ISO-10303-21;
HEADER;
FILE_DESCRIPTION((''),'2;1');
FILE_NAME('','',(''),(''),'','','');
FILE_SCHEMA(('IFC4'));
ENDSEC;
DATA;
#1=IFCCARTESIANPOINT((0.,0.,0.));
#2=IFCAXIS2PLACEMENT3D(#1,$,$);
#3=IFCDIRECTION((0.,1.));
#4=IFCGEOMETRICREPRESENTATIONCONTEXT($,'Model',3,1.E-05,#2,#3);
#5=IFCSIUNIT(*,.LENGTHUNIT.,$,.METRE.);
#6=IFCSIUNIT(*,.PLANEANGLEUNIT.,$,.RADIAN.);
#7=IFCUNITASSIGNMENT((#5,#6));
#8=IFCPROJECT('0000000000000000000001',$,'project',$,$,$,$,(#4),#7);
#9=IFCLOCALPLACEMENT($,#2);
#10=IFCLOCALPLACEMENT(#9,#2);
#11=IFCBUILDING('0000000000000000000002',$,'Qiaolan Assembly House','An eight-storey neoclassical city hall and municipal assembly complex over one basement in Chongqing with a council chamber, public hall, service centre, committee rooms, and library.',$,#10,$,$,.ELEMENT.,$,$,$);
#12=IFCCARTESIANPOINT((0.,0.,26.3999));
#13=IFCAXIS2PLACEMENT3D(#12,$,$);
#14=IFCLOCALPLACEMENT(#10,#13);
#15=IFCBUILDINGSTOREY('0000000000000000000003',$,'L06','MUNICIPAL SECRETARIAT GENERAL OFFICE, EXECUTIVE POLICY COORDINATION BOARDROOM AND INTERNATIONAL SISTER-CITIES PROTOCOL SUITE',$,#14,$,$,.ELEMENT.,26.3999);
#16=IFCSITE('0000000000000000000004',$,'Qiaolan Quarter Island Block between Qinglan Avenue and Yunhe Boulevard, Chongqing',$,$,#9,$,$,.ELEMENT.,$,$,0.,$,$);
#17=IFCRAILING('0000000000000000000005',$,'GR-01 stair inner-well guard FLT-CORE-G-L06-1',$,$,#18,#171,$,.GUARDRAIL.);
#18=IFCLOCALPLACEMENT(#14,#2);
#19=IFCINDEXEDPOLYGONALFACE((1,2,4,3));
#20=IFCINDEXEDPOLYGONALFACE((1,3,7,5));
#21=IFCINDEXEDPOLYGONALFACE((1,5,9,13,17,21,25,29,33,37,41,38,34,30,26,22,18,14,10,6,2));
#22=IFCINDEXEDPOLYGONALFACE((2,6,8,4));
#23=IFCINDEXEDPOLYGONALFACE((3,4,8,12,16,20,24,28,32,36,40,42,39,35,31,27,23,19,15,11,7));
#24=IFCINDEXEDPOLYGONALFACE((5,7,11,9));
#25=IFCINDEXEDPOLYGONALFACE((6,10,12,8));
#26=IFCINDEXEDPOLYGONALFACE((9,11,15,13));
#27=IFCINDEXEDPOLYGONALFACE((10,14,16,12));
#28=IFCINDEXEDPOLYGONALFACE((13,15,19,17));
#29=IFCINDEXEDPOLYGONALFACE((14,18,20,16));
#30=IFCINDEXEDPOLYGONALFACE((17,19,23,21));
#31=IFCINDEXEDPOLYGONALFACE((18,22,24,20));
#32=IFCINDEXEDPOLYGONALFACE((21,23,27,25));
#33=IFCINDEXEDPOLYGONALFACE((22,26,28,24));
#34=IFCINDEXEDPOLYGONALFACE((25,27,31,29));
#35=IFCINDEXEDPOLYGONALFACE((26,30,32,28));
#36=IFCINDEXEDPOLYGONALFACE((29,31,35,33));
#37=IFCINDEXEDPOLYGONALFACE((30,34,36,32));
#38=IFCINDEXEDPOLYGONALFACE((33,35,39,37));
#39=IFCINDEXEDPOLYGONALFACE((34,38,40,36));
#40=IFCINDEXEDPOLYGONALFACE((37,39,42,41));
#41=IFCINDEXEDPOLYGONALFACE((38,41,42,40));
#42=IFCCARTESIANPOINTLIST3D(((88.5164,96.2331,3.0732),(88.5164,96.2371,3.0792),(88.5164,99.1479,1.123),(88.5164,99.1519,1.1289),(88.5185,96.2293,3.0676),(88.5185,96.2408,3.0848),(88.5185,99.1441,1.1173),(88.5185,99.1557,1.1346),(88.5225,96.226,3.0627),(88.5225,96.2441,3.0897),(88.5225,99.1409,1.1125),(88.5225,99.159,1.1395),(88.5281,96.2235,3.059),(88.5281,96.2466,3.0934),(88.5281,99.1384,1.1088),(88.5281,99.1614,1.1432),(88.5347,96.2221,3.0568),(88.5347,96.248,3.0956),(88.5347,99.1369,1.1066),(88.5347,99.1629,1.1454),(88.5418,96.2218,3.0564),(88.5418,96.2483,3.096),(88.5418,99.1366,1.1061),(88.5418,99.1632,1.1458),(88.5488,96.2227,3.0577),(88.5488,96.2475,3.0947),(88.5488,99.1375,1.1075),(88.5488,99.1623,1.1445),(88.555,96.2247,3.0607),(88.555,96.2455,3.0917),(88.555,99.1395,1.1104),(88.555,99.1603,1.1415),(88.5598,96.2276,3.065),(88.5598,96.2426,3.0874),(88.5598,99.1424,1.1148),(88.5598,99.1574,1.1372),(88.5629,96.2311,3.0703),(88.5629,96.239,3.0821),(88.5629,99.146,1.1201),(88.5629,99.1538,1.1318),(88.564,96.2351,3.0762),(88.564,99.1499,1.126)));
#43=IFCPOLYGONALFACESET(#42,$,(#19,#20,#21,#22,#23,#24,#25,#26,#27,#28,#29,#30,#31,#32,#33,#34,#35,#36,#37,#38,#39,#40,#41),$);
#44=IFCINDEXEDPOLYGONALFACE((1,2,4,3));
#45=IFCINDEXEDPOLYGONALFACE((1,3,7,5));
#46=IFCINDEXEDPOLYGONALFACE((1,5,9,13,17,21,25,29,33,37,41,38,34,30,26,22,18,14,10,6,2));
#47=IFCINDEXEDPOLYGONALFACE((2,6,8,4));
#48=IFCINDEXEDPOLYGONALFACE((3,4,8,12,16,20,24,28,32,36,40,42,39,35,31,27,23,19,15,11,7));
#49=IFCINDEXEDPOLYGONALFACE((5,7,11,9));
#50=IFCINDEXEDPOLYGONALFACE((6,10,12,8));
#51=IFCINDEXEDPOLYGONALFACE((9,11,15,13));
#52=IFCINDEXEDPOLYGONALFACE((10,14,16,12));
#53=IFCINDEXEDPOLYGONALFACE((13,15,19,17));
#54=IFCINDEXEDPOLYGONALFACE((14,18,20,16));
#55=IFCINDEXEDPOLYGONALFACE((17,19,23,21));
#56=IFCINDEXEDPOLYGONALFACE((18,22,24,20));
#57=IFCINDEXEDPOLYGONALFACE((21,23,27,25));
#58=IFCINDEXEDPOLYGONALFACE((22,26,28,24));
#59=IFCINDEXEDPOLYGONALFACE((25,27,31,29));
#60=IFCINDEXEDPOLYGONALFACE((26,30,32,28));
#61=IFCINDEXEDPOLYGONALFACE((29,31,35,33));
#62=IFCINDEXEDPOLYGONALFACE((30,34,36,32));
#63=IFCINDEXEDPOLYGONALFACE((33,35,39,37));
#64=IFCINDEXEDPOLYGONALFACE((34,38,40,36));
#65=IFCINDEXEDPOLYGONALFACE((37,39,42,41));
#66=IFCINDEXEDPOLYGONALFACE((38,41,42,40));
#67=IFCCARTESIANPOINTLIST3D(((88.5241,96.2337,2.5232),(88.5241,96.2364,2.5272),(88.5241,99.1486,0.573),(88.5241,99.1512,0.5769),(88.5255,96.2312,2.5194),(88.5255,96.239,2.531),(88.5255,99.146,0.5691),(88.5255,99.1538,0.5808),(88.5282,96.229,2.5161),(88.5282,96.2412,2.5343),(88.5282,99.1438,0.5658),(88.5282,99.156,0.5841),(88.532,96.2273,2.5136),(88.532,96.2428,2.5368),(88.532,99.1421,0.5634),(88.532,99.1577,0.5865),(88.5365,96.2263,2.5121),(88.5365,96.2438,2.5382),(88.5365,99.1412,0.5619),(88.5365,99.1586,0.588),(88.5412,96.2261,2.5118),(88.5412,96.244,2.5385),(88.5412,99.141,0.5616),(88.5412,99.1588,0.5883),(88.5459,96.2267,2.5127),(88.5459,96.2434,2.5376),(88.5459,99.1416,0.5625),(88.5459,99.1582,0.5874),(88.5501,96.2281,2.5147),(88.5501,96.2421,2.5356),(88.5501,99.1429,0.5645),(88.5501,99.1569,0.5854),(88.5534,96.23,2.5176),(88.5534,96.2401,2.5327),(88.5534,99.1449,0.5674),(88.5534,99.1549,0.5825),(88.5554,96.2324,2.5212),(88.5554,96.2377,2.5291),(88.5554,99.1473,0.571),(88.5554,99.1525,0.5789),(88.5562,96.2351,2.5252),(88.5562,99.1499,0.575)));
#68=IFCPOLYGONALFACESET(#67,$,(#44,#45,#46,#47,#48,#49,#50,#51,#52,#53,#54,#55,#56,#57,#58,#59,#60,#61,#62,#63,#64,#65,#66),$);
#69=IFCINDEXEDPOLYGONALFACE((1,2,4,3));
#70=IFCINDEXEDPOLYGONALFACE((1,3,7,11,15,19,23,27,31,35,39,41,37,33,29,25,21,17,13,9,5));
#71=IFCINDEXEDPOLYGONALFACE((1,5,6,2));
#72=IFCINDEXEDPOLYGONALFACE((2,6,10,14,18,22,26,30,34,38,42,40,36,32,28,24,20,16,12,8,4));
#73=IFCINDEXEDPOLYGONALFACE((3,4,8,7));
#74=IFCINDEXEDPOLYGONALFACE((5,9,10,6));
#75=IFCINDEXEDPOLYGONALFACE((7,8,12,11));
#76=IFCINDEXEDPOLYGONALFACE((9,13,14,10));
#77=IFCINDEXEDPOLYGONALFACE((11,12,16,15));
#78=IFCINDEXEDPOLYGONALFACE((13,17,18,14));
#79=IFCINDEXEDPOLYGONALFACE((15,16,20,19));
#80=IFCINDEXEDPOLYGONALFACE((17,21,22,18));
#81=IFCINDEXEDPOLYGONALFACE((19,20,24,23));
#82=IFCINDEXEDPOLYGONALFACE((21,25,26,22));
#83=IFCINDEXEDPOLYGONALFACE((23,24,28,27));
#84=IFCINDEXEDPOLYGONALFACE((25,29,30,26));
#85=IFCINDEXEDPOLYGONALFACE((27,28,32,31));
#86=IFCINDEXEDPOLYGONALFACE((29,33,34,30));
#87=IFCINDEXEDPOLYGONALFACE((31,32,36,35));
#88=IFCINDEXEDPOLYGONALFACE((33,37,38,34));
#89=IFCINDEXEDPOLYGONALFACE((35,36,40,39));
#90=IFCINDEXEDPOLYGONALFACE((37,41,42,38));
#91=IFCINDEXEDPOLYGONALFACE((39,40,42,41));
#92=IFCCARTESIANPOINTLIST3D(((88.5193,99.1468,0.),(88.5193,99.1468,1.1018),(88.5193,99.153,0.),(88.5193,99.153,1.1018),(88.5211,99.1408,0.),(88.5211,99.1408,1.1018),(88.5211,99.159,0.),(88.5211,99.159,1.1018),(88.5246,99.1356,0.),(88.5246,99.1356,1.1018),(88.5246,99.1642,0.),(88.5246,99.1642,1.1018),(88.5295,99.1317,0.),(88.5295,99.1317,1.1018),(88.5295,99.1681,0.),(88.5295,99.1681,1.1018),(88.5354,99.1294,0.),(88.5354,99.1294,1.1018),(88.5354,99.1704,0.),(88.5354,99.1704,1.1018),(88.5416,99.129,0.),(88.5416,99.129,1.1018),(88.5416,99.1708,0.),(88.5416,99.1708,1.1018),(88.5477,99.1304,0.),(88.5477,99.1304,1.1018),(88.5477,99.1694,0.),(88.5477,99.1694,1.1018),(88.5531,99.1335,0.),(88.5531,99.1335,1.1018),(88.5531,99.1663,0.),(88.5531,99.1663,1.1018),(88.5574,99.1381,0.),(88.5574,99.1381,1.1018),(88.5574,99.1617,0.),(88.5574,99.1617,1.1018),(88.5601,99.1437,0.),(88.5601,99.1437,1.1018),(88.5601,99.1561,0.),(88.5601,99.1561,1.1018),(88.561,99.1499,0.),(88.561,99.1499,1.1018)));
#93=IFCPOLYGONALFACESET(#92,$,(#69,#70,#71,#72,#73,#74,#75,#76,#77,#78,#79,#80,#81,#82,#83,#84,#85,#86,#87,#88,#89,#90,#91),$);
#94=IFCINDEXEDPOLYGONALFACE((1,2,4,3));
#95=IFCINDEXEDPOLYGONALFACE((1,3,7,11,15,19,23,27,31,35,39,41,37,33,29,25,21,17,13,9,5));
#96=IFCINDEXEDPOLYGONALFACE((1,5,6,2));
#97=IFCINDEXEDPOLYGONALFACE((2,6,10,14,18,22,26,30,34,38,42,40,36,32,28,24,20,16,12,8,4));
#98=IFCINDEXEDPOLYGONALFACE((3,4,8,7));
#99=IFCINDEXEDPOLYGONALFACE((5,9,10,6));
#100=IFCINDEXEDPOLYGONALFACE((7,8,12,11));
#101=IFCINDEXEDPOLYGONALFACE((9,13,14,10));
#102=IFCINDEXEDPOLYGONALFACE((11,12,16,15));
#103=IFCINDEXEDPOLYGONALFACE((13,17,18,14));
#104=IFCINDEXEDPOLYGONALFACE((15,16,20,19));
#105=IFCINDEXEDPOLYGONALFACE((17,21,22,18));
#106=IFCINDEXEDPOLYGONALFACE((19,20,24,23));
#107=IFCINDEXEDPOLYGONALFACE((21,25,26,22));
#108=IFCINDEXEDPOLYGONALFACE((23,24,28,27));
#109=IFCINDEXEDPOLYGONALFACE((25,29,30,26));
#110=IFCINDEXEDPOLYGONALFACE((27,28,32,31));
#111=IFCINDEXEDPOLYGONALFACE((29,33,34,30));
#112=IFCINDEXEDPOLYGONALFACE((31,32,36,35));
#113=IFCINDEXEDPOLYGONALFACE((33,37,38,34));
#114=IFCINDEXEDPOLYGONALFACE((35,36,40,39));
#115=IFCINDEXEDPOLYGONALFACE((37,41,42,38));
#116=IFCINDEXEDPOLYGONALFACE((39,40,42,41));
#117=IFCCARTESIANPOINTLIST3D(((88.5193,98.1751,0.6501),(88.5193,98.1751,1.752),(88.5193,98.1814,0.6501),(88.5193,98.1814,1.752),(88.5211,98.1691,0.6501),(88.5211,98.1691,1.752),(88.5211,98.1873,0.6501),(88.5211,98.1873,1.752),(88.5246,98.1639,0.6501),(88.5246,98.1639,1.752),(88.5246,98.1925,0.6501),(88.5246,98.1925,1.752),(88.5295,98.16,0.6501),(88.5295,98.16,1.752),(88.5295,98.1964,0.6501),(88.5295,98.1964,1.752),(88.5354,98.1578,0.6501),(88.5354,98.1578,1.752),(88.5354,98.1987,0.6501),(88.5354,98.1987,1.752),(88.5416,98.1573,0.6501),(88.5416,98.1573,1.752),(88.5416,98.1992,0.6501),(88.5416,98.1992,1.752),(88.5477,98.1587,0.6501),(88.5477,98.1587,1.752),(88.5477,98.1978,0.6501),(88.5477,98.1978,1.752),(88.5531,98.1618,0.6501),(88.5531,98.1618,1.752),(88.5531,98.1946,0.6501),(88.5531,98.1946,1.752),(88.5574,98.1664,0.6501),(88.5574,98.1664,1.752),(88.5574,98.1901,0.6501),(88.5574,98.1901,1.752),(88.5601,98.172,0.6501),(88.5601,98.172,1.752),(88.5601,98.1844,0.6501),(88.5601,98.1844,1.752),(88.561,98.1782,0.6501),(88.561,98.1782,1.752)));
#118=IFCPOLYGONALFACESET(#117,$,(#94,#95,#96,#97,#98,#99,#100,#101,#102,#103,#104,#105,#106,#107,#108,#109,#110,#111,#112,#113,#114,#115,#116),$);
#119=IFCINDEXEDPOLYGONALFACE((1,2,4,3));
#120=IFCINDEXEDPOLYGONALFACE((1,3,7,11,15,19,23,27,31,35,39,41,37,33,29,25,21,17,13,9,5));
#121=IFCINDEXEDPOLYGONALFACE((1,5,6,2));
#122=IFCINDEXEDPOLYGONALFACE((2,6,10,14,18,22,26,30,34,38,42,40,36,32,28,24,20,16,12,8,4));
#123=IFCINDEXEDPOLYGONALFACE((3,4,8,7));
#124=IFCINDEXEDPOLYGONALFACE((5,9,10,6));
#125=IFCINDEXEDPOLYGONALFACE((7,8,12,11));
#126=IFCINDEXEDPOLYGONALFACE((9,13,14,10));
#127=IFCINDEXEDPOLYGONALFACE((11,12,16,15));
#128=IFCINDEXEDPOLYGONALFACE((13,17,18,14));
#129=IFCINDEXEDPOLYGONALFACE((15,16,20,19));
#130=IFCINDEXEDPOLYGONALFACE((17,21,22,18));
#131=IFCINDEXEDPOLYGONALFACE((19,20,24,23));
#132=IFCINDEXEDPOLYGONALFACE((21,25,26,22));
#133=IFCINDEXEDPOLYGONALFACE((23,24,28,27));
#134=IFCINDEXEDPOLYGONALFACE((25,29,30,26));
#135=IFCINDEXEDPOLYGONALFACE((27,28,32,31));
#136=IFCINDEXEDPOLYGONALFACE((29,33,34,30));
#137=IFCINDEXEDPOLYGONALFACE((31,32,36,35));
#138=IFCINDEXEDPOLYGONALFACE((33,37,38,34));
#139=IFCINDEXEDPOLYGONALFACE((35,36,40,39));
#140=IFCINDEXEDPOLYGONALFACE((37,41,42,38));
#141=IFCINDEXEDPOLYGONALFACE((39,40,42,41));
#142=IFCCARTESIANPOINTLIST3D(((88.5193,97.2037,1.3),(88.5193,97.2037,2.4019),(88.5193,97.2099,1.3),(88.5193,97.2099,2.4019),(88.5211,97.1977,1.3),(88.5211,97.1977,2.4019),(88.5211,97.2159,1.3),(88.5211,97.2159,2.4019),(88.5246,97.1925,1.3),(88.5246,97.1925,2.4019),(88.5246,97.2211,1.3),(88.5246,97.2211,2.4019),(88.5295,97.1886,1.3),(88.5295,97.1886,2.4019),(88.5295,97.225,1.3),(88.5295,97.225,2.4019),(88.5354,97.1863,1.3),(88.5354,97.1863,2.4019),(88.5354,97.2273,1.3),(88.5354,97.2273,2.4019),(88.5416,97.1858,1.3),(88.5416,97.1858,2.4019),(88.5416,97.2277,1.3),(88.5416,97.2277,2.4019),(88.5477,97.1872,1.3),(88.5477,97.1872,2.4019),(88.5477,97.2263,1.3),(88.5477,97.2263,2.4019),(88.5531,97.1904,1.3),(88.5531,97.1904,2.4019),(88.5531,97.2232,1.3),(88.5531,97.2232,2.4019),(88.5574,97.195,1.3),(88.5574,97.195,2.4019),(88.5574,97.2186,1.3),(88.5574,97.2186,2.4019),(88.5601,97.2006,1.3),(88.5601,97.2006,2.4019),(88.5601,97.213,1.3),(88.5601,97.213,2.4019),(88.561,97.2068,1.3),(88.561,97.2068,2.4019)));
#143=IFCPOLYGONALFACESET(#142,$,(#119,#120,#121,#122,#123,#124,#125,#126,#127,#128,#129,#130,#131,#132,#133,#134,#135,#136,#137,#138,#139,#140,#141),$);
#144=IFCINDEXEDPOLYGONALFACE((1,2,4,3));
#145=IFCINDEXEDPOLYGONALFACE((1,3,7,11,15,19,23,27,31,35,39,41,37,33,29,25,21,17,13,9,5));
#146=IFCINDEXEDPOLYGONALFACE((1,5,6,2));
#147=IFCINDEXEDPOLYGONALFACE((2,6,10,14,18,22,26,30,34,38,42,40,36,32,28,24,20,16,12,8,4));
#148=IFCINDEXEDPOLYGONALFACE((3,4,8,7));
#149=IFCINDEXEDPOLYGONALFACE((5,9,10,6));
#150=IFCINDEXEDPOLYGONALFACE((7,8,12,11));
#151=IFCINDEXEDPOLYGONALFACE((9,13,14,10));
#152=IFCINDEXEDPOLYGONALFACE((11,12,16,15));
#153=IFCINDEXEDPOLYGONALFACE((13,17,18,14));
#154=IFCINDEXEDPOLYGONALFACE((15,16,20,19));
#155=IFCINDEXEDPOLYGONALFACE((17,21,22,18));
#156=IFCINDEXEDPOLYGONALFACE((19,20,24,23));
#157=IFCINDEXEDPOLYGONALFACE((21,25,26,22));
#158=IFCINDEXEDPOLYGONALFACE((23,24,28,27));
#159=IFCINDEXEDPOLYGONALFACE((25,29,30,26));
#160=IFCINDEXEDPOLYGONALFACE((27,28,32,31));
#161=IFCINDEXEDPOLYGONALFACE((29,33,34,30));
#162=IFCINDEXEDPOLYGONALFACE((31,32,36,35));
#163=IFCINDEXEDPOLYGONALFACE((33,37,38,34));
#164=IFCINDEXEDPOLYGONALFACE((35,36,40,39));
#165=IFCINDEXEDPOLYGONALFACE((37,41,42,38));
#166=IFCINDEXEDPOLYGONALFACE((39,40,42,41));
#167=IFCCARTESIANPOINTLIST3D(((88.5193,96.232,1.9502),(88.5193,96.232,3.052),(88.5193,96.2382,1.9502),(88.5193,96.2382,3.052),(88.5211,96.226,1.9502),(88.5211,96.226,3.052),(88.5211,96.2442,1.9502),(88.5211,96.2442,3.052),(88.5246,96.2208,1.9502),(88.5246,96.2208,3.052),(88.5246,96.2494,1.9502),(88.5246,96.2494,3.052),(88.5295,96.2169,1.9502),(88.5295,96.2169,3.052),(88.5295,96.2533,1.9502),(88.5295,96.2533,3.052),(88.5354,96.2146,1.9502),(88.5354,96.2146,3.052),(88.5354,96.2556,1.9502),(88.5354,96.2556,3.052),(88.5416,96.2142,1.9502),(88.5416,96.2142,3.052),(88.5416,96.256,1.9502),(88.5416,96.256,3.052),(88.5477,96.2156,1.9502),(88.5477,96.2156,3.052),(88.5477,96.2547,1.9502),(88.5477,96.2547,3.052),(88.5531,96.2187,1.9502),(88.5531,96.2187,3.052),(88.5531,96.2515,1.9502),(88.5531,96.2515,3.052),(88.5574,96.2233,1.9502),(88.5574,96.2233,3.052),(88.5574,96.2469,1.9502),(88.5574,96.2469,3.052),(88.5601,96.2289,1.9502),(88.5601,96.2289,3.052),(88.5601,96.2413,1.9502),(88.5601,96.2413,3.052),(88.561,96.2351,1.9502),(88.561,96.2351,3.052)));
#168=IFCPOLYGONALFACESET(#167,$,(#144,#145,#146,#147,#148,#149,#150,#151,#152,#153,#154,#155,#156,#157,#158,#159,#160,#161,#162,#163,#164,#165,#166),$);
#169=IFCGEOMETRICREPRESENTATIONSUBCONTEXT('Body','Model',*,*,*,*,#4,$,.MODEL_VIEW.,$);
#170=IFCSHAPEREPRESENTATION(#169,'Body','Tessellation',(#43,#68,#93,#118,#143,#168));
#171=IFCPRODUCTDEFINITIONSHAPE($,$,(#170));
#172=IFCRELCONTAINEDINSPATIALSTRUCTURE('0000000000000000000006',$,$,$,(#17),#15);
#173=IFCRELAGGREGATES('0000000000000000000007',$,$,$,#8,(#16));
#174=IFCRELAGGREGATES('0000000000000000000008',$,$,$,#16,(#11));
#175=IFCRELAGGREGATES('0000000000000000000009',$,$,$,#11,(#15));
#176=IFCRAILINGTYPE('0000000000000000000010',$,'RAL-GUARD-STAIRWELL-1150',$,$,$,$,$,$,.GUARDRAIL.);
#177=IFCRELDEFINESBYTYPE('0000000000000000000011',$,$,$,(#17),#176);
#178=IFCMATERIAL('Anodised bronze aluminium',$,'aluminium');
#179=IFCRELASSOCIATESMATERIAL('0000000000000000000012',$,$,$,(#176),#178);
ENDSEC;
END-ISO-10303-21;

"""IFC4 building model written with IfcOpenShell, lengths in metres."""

from ifc_helpers import new_model, si_unit, direction, frame, origin, origin_2d, place, context, subcontext, project, spatial, circle, extrude, material, type_object, element, save


model = new_model("IFC4")

# Units and contexts
model_context = context("Model", 3, precision=1e-05, world=origin(), true_north=direction((0.0, 1.0)))
body_context = subcontext(model_context, "Body", "Model", "MODEL_VIEW")
ifc_project = project(units=[si_unit("LENGTHUNIT", "METRE"), si_unit("PLANEANGLEUNIT", "RADIAN")], contexts=[model_context])

# Site, building, storey
site_placement = place(None, origin())
site = spatial("IfcSite", under=ifc_project, at=site_placement, Name="Qiaolan Quarter Island Block between Qinglan Avenue and Yunhe Boulevard, Chongqing", CompositionType="ELEMENT", RefElevation=0.0)
building_placement = place(site_placement, origin())
building = spatial("IfcBuilding", under=site, at=building_placement, Name="Qiaolan Assembly House", Description="An eight-storey neoclassical city hall and municipal assembly complex over one basement in Chongqing with a council chamber, public hall, service centre, committee rooms, and library.", CompositionType="ELEMENT")
storey_placement = place(building_placement, frame((0.0, 0.0, 26.3999)))
storey = spatial("IfcBuildingStorey", under=building, at=storey_placement, Name="L06", Description="MUNICIPAL SECRETARIAT GENERAL OFFICE, EXECUTIVE POLICY COORDINATION BOARDROOM AND INTERNATIONAL SISTER-CITIES PROTOCOL SUITE", CompositionType="ELEMENT", Elevation=26.3999)

# Railing
ifc_material_1 = material(Name="Anodised bronze aluminium", Category="aluminium")
railing_type_1 = type_object("IfcRailingType", Name="RAL-GUARD-STAIRWELL-1150", PredefinedType="GUARDRAIL", material=ifc_material_1)
railing_1_placement = place(storey_placement, frame((88.54, 99.1499, 0.0)))
element("IfcRailing", 1, at=railing_1_placement, inside=storey, type_object=railing_type_1, Name="GR-01 stair inner-well guard FLT-CORE-G-L06-1", PredefinedType="GUARDRAIL", context=body_context, shape_type="SweptSolid", body=[
    extrude(circle(Radius=0.0239, at=origin_2d()), frame((0.0, 0.0, 1.126), z_axis=(0.0, -0.831128, 0.556081), x_axis=(1.0, 0.0, 0.0)), (0.0, 0.0, 1.0), 3.5071),
    extrude(circle(Radius=0.0161, at=origin_2d()), frame((0.0, 0.0, 0.575), z_axis=(0.0, -0.831128, 0.556081), x_axis=(1.0, 0.0, 0.0)), (0.0, 0.0, 1.0), 3.5071),
    extrude(circle(Radius=0.021, at=origin_2d()), origin(), (0.0, 0.0, 1.0), 1.1018),
    extrude(circle(Radius=0.021, at=origin_2d()), frame((0.0, -0.9717, 0.6501)), (0.0, 0.0, 1.0), 1.1018),
    extrude(circle(Radius=0.021, at=origin_2d()), frame((0.0, -1.9431, 1.3)), (0.0, 0.0, 1.0), 1.1018),
    extrude(circle(Radius=0.021, at=origin_2d()), frame((0.0, -2.9148, 1.9502)), (0.0, 0.0, 1.0), 1.1018),
])

save(model, "model.ifc")
